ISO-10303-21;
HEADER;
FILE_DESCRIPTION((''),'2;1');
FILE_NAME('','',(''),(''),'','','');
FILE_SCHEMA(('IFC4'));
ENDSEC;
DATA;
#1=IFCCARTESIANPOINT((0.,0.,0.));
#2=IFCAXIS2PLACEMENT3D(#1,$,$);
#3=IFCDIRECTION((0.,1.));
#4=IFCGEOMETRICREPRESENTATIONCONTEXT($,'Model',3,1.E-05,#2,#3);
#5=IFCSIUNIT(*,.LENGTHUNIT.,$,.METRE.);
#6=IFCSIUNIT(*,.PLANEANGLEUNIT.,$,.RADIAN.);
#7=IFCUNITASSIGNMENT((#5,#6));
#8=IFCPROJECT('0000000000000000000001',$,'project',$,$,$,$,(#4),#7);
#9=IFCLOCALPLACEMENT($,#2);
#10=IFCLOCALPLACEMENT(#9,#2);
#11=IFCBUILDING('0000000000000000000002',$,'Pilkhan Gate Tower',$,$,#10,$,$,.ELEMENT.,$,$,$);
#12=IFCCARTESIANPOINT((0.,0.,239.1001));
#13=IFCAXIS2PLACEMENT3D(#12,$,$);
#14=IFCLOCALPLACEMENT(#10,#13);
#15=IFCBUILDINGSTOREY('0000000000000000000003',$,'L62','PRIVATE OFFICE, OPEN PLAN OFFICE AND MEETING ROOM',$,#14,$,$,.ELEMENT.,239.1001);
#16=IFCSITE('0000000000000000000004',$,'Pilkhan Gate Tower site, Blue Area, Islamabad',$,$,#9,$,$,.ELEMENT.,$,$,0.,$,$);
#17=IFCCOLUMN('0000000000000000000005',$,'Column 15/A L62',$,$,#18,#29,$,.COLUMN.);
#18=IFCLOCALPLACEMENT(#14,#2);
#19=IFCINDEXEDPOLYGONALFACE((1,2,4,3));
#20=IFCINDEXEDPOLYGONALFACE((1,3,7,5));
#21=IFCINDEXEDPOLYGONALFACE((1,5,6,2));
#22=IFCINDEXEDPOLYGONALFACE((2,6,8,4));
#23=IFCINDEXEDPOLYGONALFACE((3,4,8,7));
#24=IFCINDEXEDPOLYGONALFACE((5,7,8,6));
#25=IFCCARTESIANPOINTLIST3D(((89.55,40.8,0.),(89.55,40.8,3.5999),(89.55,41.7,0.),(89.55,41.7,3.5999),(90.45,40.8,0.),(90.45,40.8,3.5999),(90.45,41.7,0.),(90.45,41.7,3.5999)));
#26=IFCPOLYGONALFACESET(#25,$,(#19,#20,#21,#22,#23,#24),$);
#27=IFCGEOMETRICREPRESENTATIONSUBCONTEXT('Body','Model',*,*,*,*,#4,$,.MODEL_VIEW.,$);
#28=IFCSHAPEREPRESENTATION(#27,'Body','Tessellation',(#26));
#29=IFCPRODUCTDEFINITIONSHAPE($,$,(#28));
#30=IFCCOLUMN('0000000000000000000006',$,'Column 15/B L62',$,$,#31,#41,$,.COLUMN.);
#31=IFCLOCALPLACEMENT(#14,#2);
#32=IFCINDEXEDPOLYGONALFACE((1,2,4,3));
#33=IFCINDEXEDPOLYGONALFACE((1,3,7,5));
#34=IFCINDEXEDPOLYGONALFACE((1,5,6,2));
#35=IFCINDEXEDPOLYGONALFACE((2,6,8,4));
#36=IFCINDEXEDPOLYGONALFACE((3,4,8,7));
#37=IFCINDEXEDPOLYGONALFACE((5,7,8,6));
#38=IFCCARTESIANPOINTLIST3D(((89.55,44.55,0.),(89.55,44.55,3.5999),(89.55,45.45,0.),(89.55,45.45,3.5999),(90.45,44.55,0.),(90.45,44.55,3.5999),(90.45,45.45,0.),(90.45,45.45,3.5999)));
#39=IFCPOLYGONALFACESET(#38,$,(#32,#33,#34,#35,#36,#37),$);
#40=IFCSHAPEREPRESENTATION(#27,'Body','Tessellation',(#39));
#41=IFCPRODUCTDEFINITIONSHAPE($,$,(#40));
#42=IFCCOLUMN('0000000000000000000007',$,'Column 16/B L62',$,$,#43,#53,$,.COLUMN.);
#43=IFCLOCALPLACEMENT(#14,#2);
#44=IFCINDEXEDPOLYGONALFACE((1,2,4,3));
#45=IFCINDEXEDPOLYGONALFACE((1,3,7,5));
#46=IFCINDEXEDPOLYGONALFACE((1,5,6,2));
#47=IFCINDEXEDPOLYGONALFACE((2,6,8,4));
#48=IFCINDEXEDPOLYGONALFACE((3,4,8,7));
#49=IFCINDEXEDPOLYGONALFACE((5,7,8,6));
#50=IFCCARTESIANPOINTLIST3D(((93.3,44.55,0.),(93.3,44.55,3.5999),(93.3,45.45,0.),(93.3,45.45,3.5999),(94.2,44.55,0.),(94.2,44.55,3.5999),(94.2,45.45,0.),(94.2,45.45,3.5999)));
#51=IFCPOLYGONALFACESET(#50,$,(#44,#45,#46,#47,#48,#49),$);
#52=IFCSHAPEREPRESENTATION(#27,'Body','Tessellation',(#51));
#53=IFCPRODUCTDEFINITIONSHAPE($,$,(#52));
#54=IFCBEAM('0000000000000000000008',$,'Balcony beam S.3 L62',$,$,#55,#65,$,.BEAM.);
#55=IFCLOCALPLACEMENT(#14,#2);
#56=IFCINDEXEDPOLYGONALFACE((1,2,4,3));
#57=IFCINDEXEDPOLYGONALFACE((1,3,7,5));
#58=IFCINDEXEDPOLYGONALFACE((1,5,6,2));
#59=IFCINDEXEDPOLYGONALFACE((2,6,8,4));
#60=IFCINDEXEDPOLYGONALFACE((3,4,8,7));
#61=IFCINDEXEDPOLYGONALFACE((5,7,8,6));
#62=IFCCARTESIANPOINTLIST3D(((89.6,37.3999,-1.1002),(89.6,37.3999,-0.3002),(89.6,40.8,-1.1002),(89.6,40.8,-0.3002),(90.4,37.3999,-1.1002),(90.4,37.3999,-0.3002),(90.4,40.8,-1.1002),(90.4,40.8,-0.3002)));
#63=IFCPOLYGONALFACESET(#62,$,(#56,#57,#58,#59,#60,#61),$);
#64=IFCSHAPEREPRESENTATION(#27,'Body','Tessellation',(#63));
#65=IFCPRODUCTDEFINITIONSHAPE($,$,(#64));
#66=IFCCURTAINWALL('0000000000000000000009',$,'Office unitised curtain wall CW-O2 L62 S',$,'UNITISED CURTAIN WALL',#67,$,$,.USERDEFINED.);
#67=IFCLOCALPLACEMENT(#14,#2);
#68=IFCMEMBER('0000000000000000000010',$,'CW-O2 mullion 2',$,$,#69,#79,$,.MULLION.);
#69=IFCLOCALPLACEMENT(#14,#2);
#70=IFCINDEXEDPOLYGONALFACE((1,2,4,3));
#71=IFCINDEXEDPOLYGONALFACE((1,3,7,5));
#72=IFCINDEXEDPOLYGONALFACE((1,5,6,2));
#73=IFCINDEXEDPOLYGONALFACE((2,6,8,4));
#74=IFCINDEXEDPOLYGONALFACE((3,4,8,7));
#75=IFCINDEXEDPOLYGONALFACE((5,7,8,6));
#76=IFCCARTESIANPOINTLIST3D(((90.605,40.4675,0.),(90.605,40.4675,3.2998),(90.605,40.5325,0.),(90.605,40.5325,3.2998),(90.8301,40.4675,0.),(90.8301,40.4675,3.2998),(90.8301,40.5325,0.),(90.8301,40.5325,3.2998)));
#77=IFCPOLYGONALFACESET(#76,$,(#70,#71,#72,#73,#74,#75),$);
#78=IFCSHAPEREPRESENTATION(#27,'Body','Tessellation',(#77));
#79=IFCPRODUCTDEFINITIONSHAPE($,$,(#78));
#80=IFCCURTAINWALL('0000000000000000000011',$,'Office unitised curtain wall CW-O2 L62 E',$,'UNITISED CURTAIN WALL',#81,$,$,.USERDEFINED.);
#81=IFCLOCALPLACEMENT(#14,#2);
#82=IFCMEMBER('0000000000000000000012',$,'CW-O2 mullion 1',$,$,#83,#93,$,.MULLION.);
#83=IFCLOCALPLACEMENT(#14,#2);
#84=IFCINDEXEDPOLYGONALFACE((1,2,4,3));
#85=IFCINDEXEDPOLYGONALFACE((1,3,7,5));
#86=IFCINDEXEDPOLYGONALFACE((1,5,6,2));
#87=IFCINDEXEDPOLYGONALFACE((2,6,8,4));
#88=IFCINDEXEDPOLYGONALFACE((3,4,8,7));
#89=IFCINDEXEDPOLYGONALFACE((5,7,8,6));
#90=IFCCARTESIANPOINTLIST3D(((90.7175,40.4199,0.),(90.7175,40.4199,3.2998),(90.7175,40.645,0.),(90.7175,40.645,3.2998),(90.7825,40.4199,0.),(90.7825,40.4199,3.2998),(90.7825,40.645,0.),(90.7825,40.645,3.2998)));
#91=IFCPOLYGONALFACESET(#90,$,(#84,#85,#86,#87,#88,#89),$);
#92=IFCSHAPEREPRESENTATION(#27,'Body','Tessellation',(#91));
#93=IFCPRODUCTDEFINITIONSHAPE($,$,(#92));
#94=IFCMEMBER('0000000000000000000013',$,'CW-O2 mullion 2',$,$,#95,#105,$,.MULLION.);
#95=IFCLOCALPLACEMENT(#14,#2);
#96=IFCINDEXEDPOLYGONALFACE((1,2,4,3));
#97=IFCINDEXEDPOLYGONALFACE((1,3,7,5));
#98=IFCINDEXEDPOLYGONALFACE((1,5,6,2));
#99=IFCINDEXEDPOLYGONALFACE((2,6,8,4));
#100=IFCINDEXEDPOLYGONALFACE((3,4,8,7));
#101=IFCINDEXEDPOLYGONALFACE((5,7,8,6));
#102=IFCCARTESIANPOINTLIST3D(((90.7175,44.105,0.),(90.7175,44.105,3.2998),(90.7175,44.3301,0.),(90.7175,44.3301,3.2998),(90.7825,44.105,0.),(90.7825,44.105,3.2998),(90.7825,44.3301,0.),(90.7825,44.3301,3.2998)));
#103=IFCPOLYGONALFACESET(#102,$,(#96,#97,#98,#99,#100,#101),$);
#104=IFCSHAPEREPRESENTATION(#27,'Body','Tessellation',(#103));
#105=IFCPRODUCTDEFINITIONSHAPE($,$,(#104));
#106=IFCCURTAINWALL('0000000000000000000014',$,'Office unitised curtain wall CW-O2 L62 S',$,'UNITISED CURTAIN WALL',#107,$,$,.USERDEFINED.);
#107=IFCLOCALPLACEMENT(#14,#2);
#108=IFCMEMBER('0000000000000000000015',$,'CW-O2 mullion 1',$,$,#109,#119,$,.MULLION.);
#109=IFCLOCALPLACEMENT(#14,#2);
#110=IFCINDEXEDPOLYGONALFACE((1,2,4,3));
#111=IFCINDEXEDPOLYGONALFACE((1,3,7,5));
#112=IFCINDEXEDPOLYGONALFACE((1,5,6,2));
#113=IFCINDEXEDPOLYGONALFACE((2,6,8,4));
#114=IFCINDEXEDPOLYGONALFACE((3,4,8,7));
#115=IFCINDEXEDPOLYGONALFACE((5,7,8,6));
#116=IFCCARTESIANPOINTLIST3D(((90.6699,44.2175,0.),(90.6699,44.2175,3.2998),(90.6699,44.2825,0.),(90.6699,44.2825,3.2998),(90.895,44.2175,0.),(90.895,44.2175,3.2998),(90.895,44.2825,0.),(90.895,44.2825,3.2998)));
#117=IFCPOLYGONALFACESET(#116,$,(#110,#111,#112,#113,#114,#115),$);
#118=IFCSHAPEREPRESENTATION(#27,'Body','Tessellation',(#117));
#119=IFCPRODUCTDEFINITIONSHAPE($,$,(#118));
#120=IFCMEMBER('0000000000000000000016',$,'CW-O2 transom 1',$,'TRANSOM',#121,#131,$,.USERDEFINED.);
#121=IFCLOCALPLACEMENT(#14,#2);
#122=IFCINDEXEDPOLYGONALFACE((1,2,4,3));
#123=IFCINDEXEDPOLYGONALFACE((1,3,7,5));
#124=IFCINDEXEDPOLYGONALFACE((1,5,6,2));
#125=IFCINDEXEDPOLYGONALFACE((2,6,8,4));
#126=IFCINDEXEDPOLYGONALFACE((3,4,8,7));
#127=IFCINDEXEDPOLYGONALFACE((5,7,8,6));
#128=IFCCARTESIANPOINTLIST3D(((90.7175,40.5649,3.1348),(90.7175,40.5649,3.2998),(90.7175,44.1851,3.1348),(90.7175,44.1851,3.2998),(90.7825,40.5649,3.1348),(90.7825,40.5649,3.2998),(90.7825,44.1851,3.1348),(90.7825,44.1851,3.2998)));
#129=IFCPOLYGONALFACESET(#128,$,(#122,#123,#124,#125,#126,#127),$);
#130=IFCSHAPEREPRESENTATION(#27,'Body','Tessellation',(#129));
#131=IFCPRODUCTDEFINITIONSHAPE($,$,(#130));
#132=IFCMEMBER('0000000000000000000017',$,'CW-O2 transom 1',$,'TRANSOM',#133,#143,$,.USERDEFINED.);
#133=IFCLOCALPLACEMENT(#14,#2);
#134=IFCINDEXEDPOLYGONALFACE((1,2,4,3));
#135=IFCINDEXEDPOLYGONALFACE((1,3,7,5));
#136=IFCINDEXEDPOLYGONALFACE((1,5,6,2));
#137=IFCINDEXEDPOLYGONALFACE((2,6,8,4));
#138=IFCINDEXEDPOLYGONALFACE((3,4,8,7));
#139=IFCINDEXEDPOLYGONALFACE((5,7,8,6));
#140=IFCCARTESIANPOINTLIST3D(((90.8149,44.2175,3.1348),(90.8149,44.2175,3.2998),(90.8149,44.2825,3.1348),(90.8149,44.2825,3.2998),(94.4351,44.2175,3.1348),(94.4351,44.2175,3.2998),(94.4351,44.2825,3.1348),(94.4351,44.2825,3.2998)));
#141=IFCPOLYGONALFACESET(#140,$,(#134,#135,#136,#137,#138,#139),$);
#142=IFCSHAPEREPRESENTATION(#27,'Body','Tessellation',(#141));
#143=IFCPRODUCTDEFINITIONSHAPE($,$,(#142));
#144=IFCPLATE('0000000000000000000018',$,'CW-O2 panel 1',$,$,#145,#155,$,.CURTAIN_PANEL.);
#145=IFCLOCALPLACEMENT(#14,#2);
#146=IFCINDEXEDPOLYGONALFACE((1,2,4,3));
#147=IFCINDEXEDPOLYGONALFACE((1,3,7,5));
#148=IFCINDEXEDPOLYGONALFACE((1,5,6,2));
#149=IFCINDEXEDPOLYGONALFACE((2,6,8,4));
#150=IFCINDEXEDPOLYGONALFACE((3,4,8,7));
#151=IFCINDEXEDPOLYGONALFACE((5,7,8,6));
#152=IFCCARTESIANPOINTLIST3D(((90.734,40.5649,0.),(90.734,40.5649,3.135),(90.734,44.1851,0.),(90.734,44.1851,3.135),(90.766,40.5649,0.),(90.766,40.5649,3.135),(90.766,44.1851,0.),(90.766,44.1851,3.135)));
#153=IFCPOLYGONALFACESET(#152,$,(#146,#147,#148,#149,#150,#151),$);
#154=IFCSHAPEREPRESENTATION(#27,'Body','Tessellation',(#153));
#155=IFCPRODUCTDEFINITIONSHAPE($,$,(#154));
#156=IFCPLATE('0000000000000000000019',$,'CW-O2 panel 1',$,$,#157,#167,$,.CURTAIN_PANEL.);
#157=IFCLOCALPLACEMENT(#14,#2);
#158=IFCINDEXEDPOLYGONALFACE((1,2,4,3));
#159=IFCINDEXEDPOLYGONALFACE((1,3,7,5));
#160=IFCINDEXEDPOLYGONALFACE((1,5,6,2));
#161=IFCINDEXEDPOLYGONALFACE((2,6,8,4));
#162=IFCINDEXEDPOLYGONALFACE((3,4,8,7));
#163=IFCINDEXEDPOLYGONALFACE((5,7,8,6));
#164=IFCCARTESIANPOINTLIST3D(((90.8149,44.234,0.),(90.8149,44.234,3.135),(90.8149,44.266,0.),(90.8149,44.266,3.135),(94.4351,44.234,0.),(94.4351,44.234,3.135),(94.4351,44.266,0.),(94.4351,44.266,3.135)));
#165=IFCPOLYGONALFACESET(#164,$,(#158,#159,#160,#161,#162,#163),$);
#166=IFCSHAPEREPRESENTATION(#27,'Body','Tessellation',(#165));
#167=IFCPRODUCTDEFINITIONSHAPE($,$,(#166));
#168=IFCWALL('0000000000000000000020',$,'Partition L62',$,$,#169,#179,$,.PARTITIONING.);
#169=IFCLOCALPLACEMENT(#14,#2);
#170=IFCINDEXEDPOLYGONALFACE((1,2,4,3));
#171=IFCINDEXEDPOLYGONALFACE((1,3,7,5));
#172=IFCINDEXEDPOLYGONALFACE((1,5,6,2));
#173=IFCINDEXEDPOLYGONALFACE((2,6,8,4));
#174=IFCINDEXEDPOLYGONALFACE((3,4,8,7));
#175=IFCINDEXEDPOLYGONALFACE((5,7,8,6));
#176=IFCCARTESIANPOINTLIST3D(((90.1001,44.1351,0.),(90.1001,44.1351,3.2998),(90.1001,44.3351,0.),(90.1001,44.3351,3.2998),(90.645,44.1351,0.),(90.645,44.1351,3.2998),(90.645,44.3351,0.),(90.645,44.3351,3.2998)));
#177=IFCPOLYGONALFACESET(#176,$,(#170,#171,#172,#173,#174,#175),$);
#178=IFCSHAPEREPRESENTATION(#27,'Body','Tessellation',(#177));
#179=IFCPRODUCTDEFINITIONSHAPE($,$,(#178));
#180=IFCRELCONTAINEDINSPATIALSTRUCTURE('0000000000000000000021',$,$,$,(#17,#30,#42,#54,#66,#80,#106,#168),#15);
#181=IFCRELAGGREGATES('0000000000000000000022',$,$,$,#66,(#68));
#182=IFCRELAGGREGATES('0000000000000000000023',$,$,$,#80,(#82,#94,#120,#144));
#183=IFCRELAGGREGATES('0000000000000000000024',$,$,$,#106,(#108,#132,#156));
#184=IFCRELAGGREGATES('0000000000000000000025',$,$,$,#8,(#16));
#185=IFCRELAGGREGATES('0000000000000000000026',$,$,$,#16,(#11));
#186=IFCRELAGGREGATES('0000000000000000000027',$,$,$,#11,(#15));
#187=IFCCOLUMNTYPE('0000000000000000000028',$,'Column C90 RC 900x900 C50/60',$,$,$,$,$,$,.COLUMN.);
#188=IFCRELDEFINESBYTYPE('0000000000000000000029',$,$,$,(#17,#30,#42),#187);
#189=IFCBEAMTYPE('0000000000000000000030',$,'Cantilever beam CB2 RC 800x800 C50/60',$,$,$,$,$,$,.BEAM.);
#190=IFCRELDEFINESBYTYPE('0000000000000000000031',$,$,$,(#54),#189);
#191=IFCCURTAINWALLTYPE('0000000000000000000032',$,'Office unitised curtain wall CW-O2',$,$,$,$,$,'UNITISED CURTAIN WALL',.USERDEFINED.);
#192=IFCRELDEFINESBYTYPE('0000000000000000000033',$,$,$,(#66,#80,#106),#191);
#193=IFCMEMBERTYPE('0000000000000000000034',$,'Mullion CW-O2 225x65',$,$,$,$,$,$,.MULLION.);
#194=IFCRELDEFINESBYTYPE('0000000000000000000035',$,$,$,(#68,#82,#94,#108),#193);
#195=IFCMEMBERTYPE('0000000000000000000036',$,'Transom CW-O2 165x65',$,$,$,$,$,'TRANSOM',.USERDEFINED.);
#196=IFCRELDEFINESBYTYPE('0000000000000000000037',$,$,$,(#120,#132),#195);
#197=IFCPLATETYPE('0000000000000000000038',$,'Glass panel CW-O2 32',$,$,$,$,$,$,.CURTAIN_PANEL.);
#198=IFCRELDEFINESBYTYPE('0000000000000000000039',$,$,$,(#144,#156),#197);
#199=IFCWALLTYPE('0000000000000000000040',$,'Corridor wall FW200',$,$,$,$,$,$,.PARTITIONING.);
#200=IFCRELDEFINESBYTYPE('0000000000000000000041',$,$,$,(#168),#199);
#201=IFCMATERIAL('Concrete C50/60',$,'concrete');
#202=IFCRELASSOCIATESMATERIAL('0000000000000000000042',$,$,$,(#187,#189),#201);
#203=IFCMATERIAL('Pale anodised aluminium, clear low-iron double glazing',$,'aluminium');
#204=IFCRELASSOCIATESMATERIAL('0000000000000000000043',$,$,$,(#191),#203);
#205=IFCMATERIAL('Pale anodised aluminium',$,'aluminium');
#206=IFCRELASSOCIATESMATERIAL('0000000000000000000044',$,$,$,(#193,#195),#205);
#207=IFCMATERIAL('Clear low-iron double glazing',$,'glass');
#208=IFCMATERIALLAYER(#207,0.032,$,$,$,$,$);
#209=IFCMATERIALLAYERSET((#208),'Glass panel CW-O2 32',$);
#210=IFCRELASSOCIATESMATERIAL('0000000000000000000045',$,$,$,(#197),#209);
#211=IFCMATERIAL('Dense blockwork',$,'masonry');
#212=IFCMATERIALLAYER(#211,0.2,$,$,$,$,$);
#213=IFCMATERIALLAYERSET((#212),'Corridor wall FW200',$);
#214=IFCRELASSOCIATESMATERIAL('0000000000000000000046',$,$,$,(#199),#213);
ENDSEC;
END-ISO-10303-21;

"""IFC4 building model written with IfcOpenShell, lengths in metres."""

from ifc_helpers import new_model, si_unit, direction, frame, frame_2d, origin, origin_2d, place, context, subcontext, project, spatial, rectangle, extrude, material, layer, layer_set, material_profile, profile_set, type_object, element, aggregate, save


model = new_model("IFC4")

# Units and contexts
model_context = context("Model", 3, precision=1e-05, world=origin(), true_north=direction((0.0, 1.0)))
body_context = subcontext(model_context, "Body", "Model", "MODEL_VIEW")
ifc_project = project(units=[si_unit("LENGTHUNIT", "METRE"), si_unit("PLANEANGLEUNIT", "RADIAN")], contexts=[model_context])

# Site, building, storey
site_placement = place(None, origin())
site = spatial("IfcSite", under=ifc_project, at=site_placement, Name="Pilkhan Gate Tower site, Blue Area, Islamabad", CompositionType="ELEMENT", RefElevation=0.0)
building_placement = place(site_placement, origin())
building = spatial("IfcBuilding", under=site, at=building_placement, Name="Pilkhan Gate Tower", CompositionType="ELEMENT")
storey_placement = place(building_placement, frame((0.0, 0.0, 239.1001)))
storey = spatial("IfcBuildingStorey", under=building, at=storey_placement, Name="L62", Description="PRIVATE OFFICE, OPEN PLAN OFFICE AND MEETING ROOM", CompositionType="ELEMENT", Elevation=239.1001)

# Columns
ifc_material_1 = material(Name="Concrete C50/60", Category="concrete")
ifc_material_profile_1 = material_profile(ifc_material_1, rectangle(XDim=0.8999, YDim=0.8999, at=origin_2d()), Name="RC 900x900")
ifc_profile_set_1 = profile_set([ifc_material_profile_1], Name="Concrete C50/60")
column_type = type_object("IfcColumnType", Name="Column C90 RC 900x900 C50/60", PredefinedType="COLUMN", material=ifc_profile_set_1)
for number, where, z_axis, x_axis, name in (
    (1, (90.0, 41.25, 0.0), (0.0, 0.0, 1.0), (1.0, 0.0, 0.0), "Column 15/A L62"),
    (2, (90.0, 45.0, 0.0), (0.0, 0.0, 1.0), (1.0, 0.0, 0.0), "Column 15/B L62"),
    (3, (93.75, 45.0, 0.0), (0.0, 0.0, 1.0), (1.0, 0.0, 0.0), "Column 16/B L62"),
):
    element("IfcColumn", number, at=place(storey_placement, frame(where, z_axis=z_axis, x_axis=x_axis)), inside=storey, type_object=column_type, Name=name, PredefinedType="COLUMN", context=body_context, shape_type="SweptSolid", body=[
        extrude(rectangle(XDim=0.8999, YDim=0.8999, at=origin_2d()), origin(), (0.0, 0.0, 1.0), 3.5999),
    ])

# Beam
ifc_material_profile_2 = material_profile(ifc_material_1, rectangle(XDim=0.8, YDim=0.8, at=origin_2d()), Name="RC 800x800")
ifc_profile_set_2 = profile_set([ifc_material_profile_2], Name="Concrete C50/60")
beam_type = type_object("IfcBeamType", Name="Cantilever beam CB2 RC 800x800 C50/60", PredefinedType="BEAM", material=ifc_profile_set_2)
beam_placement = place(storey_placement, frame((90.0, 40.8, -0.7002), z_axis=(0.0, -1.0, 0.0), x_axis=(1.0, 0.0, 0.0)))
element("IfcBeam", 4, at=beam_placement, inside=storey, type_object=beam_type, Name="Balcony beam S.3 L62", PredefinedType="BEAM", context=body_context, shape_type="SweptSolid", body=[
    extrude(rectangle(XDim=0.8, YDim=0.8, at=origin_2d()), origin(), (0.0, 0.0, 1.0), 3.4001),
])

# Curtain wall, member
ifc_material_2 = material(Name="Pale anodised aluminium, clear low-iron double glazing", Category="aluminium")
curtain_wall_type = type_object("IfcCurtainWallType", Name="Office unitised curtain wall CW-O2", ElementType="UNITISED CURTAIN WALL", PredefinedType="USERDEFINED", material=ifc_material_2)
curtain_wall_1_placement = place(storey_placement, origin())
curtain_wall_1 = element("IfcCurtainWall", 5, at=curtain_wall_1_placement, inside=storey, type_object=curtain_wall_type, Name="Office unitised curtain wall CW-O2 L62 S", ObjectType="UNITISED CURTAIN WALL", PredefinedType="USERDEFINED")
ifc_material_3 = material(Name="Pale anodised aluminium", Category="aluminium")
ifc_material_profile_3 = material_profile(ifc_material_3, rectangle(XDim=0.0649, YDim=0.2251, at=origin_2d()), Name="Mullion 225x65")
ifc_profile_set_3 = profile_set([ifc_material_profile_3], Name="Pale anodised aluminium")
member_type_1 = type_object("IfcMemberType", Name="Mullion CW-O2 225x65", PredefinedType="MULLION", material=ifc_profile_set_3)
member_1_placement = place(storey_placement, frame((90.7175, 40.5, 0.0), z_axis=(0.0, 0.0, 1.0), x_axis=(0.0, 1.0, 0.0)))
member_1 = element("IfcMember", 6, at=member_1_placement, type_object=member_type_1, Name="CW-O2 mullion 2", PredefinedType="MULLION", context=body_context, shape_type="SweptSolid", body=[
    extrude(rectangle(XDim=0.0649, YDim=0.2251, at=origin_2d()), origin(), (0.0, 0.0, 1.0), 3.2998),
])
aggregate(curtain_wall_1, [member_1])

# Curtain wall, members
curtain_wall_2_placement = place(storey_placement, origin())
curtain_wall_2 = element("IfcCurtainWall", 7, at=curtain_wall_2_placement, inside=storey, type_object=curtain_wall_type, Name="Office unitised curtain wall CW-O2 L62 E", ObjectType="UNITISED CURTAIN WALL", PredefinedType="USERDEFINED")
member_2_placement = place(storey_placement, frame((90.75, 40.5325, 0.0), z_axis=(0.0, 0.0, 1.0), x_axis=(-1.0, 0.0, 0.0)))
member_2 = element("IfcMember", 8, at=member_2_placement, type_object=member_type_1, Name="CW-O2 mullion 1", PredefinedType="MULLION", context=body_context, shape_type="SweptSolid", body=[
    extrude(rectangle(XDim=0.0649, YDim=0.2251, at=origin_2d()), origin(), (0.0, 0.0, 1.0), 3.2998),
])
member_3_placement = place(storey_placement, frame((90.75, 44.2175, 0.0), z_axis=(0.0, 0.0, 1.0), x_axis=(-1.0, 0.0, 0.0)))
member_3 = element("IfcMember", 9, at=member_3_placement, type_object=member_type_1, Name="CW-O2 mullion 2", PredefinedType="MULLION", context=body_context, shape_type="SweptSolid", body=[
    extrude(rectangle(XDim=0.0649, YDim=0.2251, at=origin_2d()), origin(), (0.0, 0.0, 1.0), 3.2998),
])

# Curtain wall, member
curtain_wall_3_placement = place(storey_placement, origin())
curtain_wall_3 = element("IfcCurtainWall", 10, at=curtain_wall_3_placement, inside=storey, type_object=curtain_wall_type, Name="Office unitised curtain wall CW-O2 L62 S", ObjectType="UNITISED CURTAIN WALL", PredefinedType="USERDEFINED")
member_4_placement = place(storey_placement, frame((90.7825, 44.25, 0.0), z_axis=(0.0, 0.0, 1.0), x_axis=(0.0, 1.0, 0.0)))
member_4 = element("IfcMember", 11, at=member_4_placement, type_object=member_type_1, Name="CW-O2 mullion 1", PredefinedType="MULLION", context=body_context, shape_type="SweptSolid", body=[
    extrude(rectangle(XDim=0.0649, YDim=0.2251, at=origin_2d()), origin(), (0.0, 0.0, 1.0), 3.2998),
])

# Members
ifc_material_profile_4 = material_profile(ifc_material_3, rectangle(XDim=0.0649, YDim=0.165, at=origin_2d()), Name="Transom 165x65")
ifc_profile_set_4 = profile_set([ifc_material_profile_4], Name="Pale anodised aluminium")
member_type_2 = type_object("IfcMemberType", Name="Transom CW-O2 165x65", ElementType="TRANSOM", PredefinedType="USERDEFINED", material=ifc_profile_set_4)
member_5_placement = place(storey_placement, frame((90.75, 40.5649, 3.2173), z_axis=(0.0, 1.0, 0.0), x_axis=(-1.0, 0.0, 0.0)))
member_5 = element("IfcMember", 12, at=member_5_placement, type_object=member_type_2, Name="CW-O2 transom 1", ObjectType="TRANSOM", PredefinedType="USERDEFINED", context=body_context, shape_type="SweptSolid", body=[
    extrude(rectangle(XDim=0.0649, YDim=0.165, at=origin_2d()), origin(), (0.0, 0.0, 1.0), 3.6201),
])
member_6_placement = place(storey_placement, frame((90.8149, 44.25, 3.2173), z_axis=(1.0, 0.0, 0.0), x_axis=(0.0, 1.0, 0.0)))
member_6 = element("IfcMember", 13, at=member_6_placement, type_object=member_type_2, Name="CW-O2 transom 1", ObjectType="TRANSOM", PredefinedType="USERDEFINED", context=body_context, shape_type="SweptSolid", body=[
    extrude(rectangle(XDim=0.0649, YDim=0.165, at=origin_2d()), origin(), (0.0, 0.0, 1.0), 3.6201),
])

# Plates
ifc_material_4 = material(Name="Clear low-iron double glazing", Category="glass")
ifc_layer_1 = layer(ifc_material_4, 0.032)
ifc_layer_set_1 = layer_set([ifc_layer_1], Name="Glass panel CW-O2 32")
plate_type = type_object("IfcPlateType", Name="Glass panel CW-O2 32", PredefinedType="CURTAIN_PANEL", material=ifc_layer_set_1)
plate_1_placement = place(storey_placement, frame((90.75, 42.375, 0.0), z_axis=(0.0, 0.0, 1.0), x_axis=(0.0, 1.0, 0.0)))
plate_1 = element("IfcPlate", 14, at=plate_1_placement, type_object=plate_type, Name="CW-O2 panel 1", PredefinedType="CURTAIN_PANEL", context=body_context, shape_type="SweptSolid", body=[
    extrude(rectangle(XDim=3.6201, YDim=0.032, at=origin_2d()), origin(), (0.0, 0.0, 1.0), 3.135),
])
aggregate(curtain_wall_2, [member_2, member_3, member_5, plate_1])
plate_2_placement = place(storey_placement, frame((92.625, 44.25, 0.0), z_axis=(0.0, 0.0, 1.0), x_axis=(1.0, 0.0, 0.0)))
plate_2 = element("IfcPlate", 15, at=plate_2_placement, type_object=plate_type, Name="CW-O2 panel 1", PredefinedType="CURTAIN_PANEL", context=body_context, shape_type="SweptSolid", body=[
    extrude(rectangle(XDim=3.6201, YDim=0.032, at=origin_2d()), origin(), (0.0, 0.0, 1.0), 3.135),
])
aggregate(curtain_wall_3, [member_4, member_6, plate_2])

# Wall
ifc_material_5 = material(Name="Dense blockwork", Category="masonry")
ifc_layer_2 = layer(ifc_material_5, 0.2)
ifc_layer_set_2 = layer_set([ifc_layer_2], Name="Corridor wall FW200")
wall_type_1 = type_object("IfcWallType", Name="Corridor wall FW200", PredefinedType="PARTITIONING", material=ifc_layer_set_2)
wall_1_placement = place(storey_placement, frame((90.1001, 44.2351, 0.0), z_axis=(0.0, 0.0, 1.0), x_axis=(1.0, 0.0, 0.0)))
element("IfcWall", 16, at=wall_1_placement, inside=storey, type_object=wall_type_1, Name="Partition L62", PredefinedType="PARTITIONING", context=body_context, shape_type="SweptSolid", body=[
    extrude(rectangle(XDim=0.5449, YDim=0.2, at=frame_2d((0.2725, 0.0))), origin(), (0.0, 0.0, 1.0), 3.2998),
])

save(model, "model.ifc")
